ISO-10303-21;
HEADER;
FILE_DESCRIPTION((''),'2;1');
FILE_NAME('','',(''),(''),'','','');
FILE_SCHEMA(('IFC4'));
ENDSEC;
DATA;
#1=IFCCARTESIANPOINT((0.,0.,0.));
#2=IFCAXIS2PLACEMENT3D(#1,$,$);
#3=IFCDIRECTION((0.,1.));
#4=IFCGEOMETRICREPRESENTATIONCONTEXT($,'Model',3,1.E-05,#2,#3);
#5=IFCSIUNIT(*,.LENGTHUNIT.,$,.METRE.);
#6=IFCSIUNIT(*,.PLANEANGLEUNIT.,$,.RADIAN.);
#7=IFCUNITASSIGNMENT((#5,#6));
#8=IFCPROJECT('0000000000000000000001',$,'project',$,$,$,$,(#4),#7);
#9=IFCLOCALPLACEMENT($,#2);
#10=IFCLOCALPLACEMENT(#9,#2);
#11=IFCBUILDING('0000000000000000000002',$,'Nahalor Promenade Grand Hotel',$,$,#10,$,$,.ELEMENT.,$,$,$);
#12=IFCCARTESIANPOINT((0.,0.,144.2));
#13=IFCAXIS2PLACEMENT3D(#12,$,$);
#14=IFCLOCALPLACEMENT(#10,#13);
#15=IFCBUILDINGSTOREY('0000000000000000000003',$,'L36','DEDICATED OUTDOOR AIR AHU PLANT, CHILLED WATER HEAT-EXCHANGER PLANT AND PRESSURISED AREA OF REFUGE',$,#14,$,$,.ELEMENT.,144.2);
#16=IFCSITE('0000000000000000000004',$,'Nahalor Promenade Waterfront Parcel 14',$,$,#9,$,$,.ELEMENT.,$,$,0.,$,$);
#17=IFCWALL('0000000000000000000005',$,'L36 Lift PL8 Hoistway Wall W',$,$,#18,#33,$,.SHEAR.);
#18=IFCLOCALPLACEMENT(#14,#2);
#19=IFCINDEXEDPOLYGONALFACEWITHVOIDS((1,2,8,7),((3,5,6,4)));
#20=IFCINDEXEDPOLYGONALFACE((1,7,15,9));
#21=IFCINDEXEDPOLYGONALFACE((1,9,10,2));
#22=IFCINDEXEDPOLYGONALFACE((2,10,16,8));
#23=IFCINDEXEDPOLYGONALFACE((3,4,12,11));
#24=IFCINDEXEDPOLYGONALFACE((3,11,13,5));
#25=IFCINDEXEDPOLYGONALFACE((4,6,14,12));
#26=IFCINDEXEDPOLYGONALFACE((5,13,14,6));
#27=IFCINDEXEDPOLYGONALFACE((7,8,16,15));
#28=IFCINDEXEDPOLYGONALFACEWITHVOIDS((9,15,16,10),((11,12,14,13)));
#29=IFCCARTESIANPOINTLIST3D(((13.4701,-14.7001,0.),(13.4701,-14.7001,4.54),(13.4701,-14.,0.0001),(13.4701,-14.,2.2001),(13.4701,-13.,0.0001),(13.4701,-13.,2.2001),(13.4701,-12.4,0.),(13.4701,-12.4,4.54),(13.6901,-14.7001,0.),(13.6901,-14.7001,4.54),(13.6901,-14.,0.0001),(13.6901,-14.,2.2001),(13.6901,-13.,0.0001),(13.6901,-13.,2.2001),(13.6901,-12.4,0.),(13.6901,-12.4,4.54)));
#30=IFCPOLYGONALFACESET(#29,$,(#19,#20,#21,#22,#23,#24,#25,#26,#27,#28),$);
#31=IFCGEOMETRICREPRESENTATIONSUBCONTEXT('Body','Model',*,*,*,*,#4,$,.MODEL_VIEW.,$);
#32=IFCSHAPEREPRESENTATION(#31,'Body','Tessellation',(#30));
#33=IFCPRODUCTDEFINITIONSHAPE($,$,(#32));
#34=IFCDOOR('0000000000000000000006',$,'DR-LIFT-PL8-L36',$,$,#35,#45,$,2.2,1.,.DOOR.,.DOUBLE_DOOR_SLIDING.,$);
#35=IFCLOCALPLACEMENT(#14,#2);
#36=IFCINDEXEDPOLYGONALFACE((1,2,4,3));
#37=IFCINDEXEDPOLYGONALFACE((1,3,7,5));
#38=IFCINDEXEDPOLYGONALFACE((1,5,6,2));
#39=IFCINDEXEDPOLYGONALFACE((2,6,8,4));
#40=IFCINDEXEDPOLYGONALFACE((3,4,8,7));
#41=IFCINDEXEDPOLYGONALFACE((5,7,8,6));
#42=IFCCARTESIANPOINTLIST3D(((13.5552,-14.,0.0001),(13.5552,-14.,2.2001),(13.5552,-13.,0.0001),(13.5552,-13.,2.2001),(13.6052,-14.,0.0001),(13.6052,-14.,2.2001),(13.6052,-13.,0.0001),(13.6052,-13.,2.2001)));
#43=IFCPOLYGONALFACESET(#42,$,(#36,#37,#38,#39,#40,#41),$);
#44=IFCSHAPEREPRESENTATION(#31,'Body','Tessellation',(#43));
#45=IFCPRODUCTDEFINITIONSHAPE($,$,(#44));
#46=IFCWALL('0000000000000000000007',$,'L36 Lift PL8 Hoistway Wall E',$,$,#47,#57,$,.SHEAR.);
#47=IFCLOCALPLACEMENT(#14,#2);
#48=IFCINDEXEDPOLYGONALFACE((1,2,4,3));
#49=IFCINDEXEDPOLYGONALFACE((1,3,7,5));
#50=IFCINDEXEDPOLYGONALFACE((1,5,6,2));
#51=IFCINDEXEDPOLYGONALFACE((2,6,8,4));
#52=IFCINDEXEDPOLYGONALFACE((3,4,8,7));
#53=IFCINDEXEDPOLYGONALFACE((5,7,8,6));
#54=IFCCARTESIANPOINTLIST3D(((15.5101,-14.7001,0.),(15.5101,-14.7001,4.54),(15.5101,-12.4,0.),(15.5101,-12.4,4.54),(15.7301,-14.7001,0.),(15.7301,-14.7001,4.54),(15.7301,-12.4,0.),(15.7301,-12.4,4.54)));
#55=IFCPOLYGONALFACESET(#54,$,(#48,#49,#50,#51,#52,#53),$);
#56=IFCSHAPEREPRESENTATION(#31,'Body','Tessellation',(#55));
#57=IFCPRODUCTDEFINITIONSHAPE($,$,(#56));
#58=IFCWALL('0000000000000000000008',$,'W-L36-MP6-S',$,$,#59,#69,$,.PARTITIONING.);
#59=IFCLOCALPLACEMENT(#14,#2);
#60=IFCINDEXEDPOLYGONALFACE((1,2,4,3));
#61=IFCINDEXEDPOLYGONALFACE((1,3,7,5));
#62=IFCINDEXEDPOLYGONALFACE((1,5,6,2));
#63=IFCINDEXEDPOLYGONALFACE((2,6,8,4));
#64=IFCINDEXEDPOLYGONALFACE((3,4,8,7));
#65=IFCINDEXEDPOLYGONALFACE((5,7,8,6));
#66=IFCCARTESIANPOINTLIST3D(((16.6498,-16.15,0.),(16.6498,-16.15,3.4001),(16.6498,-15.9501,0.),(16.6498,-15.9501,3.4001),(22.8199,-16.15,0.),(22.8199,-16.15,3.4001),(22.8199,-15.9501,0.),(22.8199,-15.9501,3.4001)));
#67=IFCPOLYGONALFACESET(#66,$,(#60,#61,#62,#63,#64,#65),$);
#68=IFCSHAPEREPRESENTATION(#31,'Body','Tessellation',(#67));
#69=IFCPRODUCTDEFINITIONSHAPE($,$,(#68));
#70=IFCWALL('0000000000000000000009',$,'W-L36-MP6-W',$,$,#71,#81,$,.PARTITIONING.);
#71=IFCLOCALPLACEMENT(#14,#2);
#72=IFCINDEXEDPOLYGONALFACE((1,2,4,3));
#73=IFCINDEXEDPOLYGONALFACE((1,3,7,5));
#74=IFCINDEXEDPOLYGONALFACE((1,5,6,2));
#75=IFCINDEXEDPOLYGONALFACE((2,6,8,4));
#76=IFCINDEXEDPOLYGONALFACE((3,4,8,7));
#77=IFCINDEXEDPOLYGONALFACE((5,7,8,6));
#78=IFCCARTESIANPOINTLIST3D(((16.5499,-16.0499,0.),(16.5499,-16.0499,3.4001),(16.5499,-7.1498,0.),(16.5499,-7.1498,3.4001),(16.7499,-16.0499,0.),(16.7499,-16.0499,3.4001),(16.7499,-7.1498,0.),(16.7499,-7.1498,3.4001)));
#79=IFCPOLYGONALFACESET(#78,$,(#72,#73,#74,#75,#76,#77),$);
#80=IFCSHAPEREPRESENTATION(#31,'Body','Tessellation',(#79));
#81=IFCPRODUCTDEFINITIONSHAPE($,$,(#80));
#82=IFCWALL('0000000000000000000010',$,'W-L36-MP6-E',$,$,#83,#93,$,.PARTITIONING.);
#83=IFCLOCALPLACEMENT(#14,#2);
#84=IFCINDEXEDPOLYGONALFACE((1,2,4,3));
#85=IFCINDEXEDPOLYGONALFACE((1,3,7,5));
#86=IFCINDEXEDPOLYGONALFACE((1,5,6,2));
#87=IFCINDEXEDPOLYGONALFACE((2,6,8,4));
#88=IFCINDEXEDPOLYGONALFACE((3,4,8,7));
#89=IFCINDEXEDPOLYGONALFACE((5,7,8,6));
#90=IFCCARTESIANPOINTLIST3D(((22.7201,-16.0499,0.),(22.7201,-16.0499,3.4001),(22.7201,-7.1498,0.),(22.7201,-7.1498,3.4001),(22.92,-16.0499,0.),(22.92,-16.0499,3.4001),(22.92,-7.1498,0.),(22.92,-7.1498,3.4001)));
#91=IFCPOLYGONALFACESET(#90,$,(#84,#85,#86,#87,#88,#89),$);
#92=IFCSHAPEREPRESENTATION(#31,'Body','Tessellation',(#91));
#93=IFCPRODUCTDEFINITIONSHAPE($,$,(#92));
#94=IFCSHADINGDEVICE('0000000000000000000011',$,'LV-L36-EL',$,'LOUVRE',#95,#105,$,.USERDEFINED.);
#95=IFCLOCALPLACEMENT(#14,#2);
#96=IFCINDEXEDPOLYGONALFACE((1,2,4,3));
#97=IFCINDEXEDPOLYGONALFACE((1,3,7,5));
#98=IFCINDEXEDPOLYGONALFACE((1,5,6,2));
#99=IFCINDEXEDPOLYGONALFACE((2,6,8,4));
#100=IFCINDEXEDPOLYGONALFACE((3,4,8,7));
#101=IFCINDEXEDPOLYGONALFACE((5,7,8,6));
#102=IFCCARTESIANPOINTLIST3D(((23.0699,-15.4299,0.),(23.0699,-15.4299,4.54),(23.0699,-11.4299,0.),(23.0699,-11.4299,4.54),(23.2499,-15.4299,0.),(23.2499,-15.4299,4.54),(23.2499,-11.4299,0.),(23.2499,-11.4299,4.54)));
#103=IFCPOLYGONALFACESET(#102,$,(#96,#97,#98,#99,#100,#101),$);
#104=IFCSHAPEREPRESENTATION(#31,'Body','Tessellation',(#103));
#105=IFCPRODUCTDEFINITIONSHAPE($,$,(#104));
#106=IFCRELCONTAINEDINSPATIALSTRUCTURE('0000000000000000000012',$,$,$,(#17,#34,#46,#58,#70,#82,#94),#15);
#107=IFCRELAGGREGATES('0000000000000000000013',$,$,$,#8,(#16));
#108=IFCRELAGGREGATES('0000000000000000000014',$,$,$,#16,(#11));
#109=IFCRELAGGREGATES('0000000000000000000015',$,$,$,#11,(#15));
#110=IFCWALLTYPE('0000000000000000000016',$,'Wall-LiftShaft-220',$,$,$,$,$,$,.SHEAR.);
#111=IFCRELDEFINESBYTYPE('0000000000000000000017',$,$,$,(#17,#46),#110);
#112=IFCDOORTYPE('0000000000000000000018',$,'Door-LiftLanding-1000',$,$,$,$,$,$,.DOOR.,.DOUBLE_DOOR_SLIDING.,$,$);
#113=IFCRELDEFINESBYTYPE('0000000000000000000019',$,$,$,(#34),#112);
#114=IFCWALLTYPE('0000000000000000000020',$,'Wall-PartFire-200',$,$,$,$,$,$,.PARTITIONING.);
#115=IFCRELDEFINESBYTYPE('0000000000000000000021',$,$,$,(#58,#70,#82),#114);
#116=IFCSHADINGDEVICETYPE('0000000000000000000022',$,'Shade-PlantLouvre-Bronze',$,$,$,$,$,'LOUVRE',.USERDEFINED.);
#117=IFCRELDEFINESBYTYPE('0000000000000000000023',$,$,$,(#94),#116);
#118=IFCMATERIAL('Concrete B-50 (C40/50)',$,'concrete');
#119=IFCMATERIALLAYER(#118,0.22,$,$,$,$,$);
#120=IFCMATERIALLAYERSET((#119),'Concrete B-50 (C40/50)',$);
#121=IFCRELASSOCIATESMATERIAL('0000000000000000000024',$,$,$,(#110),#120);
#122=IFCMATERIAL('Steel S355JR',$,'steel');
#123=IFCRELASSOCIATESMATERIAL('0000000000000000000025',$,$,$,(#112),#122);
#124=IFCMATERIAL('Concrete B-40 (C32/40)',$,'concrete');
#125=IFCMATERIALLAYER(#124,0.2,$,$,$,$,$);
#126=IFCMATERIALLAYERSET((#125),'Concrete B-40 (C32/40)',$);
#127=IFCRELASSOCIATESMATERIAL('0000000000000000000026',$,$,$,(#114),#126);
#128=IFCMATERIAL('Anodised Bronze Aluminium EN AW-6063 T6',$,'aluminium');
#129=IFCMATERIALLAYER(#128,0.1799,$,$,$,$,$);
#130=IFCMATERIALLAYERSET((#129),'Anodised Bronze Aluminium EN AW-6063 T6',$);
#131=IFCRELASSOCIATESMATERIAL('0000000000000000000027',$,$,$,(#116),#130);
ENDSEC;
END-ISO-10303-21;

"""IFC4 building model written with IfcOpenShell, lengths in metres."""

from ifc_helpers import new_model, si_unit, direction, frame, frame_2d, origin, origin_2d, place, context, subcontext, project, spatial, rectangle, extrude, source, transform, mapped, material, layer, layer_set, type_object, element, fill, save


model = new_model("IFC4")

# Units and contexts
model_context = context("Model", 3, precision=1e-05, world=origin(), true_north=direction((0.0, 1.0)))
body_context = subcontext(model_context, "Body", "Model", "MODEL_VIEW")
ifc_project = project(units=[si_unit("LENGTHUNIT", "METRE"), si_unit("PLANEANGLEUNIT", "RADIAN")], contexts=[model_context])

# Site, building, storey
site_placement = place(None, origin())
site = spatial("IfcSite", under=ifc_project, at=site_placement, Name="Nahalor Promenade Waterfront Parcel 14", CompositionType="ELEMENT", RefElevation=0.0)
building_placement = place(site_placement, origin())
building = spatial("IfcBuilding", under=site, at=building_placement, Name="Nahalor Promenade Grand Hotel", CompositionType="ELEMENT")
storey_placement = place(building_placement, frame((0.0, 0.0, 144.2)))
storey = spatial("IfcBuildingStorey", under=building, at=storey_placement, Name="L36", Description="DEDICATED OUTDOOR AIR AHU PLANT, CHILLED WATER HEAT-EXCHANGER PLANT AND PRESSURISED AREA OF REFUGE", CompositionType="ELEMENT", Elevation=144.2)

# Shared definitions
ifc_material_1 = material(Name="Steel S355JR", Category="steel")

# Shared definitions
ifc_material_2 = material(Name="Anodised Bronze Aluminium EN AW-6063 T6", Category="aluminium")

# Shared definitions
ifc_material_3 = material(Name="Concrete B-50 (C40/50)", Category="concrete")
ifc_layer_1 = layer(ifc_material_3, 0.22)
ifc_layer_set_1 = layer_set([ifc_layer_1], Name="Concrete B-50 (C40/50)")
wall_type_1 = type_object("IfcWallType", Name="Wall-LiftShaft-220", PredefinedType="SHEAR", material=ifc_layer_set_1)

# Shared definitions
door_type_1 = type_object("IfcDoorType", Name="Door-LiftLanding-1000", OperationType="DOUBLE_DOOR_SLIDING", PredefinedType="DOOR", material=ifc_material_1)
shared_shape_1 = source(origin(), body_context, "Body", "SweptSolid", [
    extrude(rectangle(XDim=1.0, YDim=2.2, at=frame_2d((0.5, 1.1001))), frame((0.0, 0.0249, 0.0), z_axis=(0.0, -1.0, 0.0), x_axis=(1.0, 0.0, 0.0)), (0.0, 0.0, 1.0), 0.05),
])

# Wall, opening, door
shared_shape_2 = source(origin(), body_context, "Body", "SweptSolid", [
    extrude(rectangle(XDim=2.3, YDim=0.22, at=frame_2d((1.1499, 0.0))), origin(), (0.0, 0.0, 1.0), 4.54),
])
wall_1_placement = place(storey_placement, frame((13.5801, -14.7, 0.0), z_axis=(0.0, 0.0, 1.0), x_axis=(0.0, 1.0, 0.0)))
wall_1 = element("IfcWall", 1, at=wall_1_placement, inside=storey, type_object=wall_type_1, Name="L36 Lift PL8 Hoistway Wall W", PredefinedType="SHEAR", context=body_context, shape_type="MappedRepresentation", body=[
    mapped(shared_shape_2, transform((0.0, 0.0, 0.0), scale=1.0)),
])
opening_1_placement = place(wall_1_placement, frame((0.7, 0.0, 0.0)))
opening_1 = element("IfcOpeningElement", 2, at=opening_1_placement, cuts=wall_1, PredefinedType="OPENING", context=body_context, shape_type="SweptSolid", body=[
    extrude(rectangle(XDim=1.0, YDim=2.2, at=frame_2d((0.5, 1.1001))), frame((0.0, 0.1199, 0.0), z_axis=(0.0, -1.0, 0.0), x_axis=(1.0, 0.0, 0.0)), (0.0, 0.0, 1.0), 0.24),
])
door_1_placement = place(opening_1_placement, origin())
door_1 = element("IfcDoor", 3, at=door_1_placement, inside=storey, type_object=door_type_1, Name="DR-LIFT-PL8-L36", OperationType="DOUBLE_DOOR_SLIDING", OverallHeight=2.2, OverallWidth=1.0, PredefinedType="DOOR", context=body_context, shape_type="MappedRepresentation", body=[
    mapped(shared_shape_1, transform((0.0, 0.0, 0.0), scale=1.0)),
])
fill(opening_1, door_1)

# Walls
wall_2_placement = place(storey_placement, frame((15.6201, -14.7, 0.0), z_axis=(0.0, 0.0, 1.0), x_axis=(0.0, 1.0, 0.0)))
element("IfcWall", 4, at=wall_2_placement, inside=storey, type_object=wall_type_1, Name="L36 Lift PL8 Hoistway Wall E", PredefinedType="SHEAR", context=body_context, shape_type="MappedRepresentation", body=[
    mapped(shared_shape_2, transform((0.0, 0.0, 0.0), scale=1.0)),
])
ifc_material_4 = material(Name="Concrete B-40 (C32/40)", Category="concrete")
ifc_layer_2 = layer(ifc_material_4, 0.2)
ifc_layer_set_2 = layer_set([ifc_layer_2], Name="Concrete B-40 (C32/40)")
wall_type_2 = type_object("IfcWallType", Name="Wall-PartFire-200", PredefinedType="PARTITIONING", material=ifc_layer_set_2)
shared_shape_3 = source(origin(), body_context, "Body", "SweptSolid", [
    extrude(rectangle(XDim=6.1702, YDim=0.2, at=frame_2d((3.085, 0.0))), origin(), (0.0, 0.0, 1.0), 3.4001),
])
wall_3_placement = place(storey_placement, frame((16.6499, -16.05, 0.0), z_axis=(0.0, 0.0, 1.0), x_axis=(1.0, 0.0, 0.0)))
element("IfcWall", 5, at=wall_3_placement, inside=storey, type_object=wall_type_2, Name="W-L36-MP6-S", PredefinedType="PARTITIONING", context=body_context, shape_type="MappedRepresentation", body=[
    mapped(shared_shape_3, transform((0.0, 0.0, 0.0), scale=1.0)),
])

# Walls
shared_shape_4 = source(origin(), body_context, "Body", "SweptSolid", [
    extrude(rectangle(XDim=8.9001, YDim=0.2, at=frame_2d((4.4502, 0.0))), origin(), (0.0, 0.0, 1.0), 3.4001),
])
for number, where, z_axis, x_axis, name in (
    (6, (16.6499, -16.05, 0.0), (0.0, 0.0, 1.0), (0.0, 1.0, 0.0), "W-L36-MP6-W"),
    (7, (22.8201, -16.05, 0.0), (0.0, 0.0, 1.0), (0.0, 1.0, 0.0), "W-L36-MP6-E"),
):
    element("IfcWall", number, at=place(storey_placement, frame(where, z_axis=z_axis, x_axis=x_axis)), inside=storey, type_object=wall_type_2, Name=name, PredefinedType="PARTITIONING", context=body_context, shape_type="MappedRepresentation", body=[
        mapped(shared_shape_4, transform((0.0, 0.0, 0.0), scale=1.0)),
    ])

# Shading device
ifc_layer_3 = layer(ifc_material_2, 0.1799)
ifc_layer_set_3 = layer_set([ifc_layer_3], Name="Anodised Bronze Aluminium EN AW-6063 T6")
shading_device_type = type_object("IfcShadingDeviceType", Name="Shade-PlantLouvre-Bronze", ElementType="LOUVRE", PredefinedType="USERDEFINED", material=ifc_layer_set_3)
shared_shape_5 = source(origin(), body_context, "Body", "SweptSolid", [
    extrude(rectangle(XDim=4.0, YDim=0.1799, at=origin_2d()), origin(), (0.0, 0.0, 1.0), 4.54),
])
shading_device_placement = place(storey_placement, frame((23.1599, -13.4299, 0.0), z_axis=(0.0, 0.0, 1.0), x_axis=(0.0, 1.0, 0.0)))
element("IfcShadingDevice", 8, at=shading_device_placement, inside=storey, type_object=shading_device_type, Name="LV-L36-EL", ObjectType="LOUVRE", PredefinedType="USERDEFINED", context=body_context, shape_type="MappedRepresentation", body=[
    mapped(shared_shape_5, transform((0.0, 0.0, 0.0), scale=1.0)),
])

save(model, "model.ifc")
